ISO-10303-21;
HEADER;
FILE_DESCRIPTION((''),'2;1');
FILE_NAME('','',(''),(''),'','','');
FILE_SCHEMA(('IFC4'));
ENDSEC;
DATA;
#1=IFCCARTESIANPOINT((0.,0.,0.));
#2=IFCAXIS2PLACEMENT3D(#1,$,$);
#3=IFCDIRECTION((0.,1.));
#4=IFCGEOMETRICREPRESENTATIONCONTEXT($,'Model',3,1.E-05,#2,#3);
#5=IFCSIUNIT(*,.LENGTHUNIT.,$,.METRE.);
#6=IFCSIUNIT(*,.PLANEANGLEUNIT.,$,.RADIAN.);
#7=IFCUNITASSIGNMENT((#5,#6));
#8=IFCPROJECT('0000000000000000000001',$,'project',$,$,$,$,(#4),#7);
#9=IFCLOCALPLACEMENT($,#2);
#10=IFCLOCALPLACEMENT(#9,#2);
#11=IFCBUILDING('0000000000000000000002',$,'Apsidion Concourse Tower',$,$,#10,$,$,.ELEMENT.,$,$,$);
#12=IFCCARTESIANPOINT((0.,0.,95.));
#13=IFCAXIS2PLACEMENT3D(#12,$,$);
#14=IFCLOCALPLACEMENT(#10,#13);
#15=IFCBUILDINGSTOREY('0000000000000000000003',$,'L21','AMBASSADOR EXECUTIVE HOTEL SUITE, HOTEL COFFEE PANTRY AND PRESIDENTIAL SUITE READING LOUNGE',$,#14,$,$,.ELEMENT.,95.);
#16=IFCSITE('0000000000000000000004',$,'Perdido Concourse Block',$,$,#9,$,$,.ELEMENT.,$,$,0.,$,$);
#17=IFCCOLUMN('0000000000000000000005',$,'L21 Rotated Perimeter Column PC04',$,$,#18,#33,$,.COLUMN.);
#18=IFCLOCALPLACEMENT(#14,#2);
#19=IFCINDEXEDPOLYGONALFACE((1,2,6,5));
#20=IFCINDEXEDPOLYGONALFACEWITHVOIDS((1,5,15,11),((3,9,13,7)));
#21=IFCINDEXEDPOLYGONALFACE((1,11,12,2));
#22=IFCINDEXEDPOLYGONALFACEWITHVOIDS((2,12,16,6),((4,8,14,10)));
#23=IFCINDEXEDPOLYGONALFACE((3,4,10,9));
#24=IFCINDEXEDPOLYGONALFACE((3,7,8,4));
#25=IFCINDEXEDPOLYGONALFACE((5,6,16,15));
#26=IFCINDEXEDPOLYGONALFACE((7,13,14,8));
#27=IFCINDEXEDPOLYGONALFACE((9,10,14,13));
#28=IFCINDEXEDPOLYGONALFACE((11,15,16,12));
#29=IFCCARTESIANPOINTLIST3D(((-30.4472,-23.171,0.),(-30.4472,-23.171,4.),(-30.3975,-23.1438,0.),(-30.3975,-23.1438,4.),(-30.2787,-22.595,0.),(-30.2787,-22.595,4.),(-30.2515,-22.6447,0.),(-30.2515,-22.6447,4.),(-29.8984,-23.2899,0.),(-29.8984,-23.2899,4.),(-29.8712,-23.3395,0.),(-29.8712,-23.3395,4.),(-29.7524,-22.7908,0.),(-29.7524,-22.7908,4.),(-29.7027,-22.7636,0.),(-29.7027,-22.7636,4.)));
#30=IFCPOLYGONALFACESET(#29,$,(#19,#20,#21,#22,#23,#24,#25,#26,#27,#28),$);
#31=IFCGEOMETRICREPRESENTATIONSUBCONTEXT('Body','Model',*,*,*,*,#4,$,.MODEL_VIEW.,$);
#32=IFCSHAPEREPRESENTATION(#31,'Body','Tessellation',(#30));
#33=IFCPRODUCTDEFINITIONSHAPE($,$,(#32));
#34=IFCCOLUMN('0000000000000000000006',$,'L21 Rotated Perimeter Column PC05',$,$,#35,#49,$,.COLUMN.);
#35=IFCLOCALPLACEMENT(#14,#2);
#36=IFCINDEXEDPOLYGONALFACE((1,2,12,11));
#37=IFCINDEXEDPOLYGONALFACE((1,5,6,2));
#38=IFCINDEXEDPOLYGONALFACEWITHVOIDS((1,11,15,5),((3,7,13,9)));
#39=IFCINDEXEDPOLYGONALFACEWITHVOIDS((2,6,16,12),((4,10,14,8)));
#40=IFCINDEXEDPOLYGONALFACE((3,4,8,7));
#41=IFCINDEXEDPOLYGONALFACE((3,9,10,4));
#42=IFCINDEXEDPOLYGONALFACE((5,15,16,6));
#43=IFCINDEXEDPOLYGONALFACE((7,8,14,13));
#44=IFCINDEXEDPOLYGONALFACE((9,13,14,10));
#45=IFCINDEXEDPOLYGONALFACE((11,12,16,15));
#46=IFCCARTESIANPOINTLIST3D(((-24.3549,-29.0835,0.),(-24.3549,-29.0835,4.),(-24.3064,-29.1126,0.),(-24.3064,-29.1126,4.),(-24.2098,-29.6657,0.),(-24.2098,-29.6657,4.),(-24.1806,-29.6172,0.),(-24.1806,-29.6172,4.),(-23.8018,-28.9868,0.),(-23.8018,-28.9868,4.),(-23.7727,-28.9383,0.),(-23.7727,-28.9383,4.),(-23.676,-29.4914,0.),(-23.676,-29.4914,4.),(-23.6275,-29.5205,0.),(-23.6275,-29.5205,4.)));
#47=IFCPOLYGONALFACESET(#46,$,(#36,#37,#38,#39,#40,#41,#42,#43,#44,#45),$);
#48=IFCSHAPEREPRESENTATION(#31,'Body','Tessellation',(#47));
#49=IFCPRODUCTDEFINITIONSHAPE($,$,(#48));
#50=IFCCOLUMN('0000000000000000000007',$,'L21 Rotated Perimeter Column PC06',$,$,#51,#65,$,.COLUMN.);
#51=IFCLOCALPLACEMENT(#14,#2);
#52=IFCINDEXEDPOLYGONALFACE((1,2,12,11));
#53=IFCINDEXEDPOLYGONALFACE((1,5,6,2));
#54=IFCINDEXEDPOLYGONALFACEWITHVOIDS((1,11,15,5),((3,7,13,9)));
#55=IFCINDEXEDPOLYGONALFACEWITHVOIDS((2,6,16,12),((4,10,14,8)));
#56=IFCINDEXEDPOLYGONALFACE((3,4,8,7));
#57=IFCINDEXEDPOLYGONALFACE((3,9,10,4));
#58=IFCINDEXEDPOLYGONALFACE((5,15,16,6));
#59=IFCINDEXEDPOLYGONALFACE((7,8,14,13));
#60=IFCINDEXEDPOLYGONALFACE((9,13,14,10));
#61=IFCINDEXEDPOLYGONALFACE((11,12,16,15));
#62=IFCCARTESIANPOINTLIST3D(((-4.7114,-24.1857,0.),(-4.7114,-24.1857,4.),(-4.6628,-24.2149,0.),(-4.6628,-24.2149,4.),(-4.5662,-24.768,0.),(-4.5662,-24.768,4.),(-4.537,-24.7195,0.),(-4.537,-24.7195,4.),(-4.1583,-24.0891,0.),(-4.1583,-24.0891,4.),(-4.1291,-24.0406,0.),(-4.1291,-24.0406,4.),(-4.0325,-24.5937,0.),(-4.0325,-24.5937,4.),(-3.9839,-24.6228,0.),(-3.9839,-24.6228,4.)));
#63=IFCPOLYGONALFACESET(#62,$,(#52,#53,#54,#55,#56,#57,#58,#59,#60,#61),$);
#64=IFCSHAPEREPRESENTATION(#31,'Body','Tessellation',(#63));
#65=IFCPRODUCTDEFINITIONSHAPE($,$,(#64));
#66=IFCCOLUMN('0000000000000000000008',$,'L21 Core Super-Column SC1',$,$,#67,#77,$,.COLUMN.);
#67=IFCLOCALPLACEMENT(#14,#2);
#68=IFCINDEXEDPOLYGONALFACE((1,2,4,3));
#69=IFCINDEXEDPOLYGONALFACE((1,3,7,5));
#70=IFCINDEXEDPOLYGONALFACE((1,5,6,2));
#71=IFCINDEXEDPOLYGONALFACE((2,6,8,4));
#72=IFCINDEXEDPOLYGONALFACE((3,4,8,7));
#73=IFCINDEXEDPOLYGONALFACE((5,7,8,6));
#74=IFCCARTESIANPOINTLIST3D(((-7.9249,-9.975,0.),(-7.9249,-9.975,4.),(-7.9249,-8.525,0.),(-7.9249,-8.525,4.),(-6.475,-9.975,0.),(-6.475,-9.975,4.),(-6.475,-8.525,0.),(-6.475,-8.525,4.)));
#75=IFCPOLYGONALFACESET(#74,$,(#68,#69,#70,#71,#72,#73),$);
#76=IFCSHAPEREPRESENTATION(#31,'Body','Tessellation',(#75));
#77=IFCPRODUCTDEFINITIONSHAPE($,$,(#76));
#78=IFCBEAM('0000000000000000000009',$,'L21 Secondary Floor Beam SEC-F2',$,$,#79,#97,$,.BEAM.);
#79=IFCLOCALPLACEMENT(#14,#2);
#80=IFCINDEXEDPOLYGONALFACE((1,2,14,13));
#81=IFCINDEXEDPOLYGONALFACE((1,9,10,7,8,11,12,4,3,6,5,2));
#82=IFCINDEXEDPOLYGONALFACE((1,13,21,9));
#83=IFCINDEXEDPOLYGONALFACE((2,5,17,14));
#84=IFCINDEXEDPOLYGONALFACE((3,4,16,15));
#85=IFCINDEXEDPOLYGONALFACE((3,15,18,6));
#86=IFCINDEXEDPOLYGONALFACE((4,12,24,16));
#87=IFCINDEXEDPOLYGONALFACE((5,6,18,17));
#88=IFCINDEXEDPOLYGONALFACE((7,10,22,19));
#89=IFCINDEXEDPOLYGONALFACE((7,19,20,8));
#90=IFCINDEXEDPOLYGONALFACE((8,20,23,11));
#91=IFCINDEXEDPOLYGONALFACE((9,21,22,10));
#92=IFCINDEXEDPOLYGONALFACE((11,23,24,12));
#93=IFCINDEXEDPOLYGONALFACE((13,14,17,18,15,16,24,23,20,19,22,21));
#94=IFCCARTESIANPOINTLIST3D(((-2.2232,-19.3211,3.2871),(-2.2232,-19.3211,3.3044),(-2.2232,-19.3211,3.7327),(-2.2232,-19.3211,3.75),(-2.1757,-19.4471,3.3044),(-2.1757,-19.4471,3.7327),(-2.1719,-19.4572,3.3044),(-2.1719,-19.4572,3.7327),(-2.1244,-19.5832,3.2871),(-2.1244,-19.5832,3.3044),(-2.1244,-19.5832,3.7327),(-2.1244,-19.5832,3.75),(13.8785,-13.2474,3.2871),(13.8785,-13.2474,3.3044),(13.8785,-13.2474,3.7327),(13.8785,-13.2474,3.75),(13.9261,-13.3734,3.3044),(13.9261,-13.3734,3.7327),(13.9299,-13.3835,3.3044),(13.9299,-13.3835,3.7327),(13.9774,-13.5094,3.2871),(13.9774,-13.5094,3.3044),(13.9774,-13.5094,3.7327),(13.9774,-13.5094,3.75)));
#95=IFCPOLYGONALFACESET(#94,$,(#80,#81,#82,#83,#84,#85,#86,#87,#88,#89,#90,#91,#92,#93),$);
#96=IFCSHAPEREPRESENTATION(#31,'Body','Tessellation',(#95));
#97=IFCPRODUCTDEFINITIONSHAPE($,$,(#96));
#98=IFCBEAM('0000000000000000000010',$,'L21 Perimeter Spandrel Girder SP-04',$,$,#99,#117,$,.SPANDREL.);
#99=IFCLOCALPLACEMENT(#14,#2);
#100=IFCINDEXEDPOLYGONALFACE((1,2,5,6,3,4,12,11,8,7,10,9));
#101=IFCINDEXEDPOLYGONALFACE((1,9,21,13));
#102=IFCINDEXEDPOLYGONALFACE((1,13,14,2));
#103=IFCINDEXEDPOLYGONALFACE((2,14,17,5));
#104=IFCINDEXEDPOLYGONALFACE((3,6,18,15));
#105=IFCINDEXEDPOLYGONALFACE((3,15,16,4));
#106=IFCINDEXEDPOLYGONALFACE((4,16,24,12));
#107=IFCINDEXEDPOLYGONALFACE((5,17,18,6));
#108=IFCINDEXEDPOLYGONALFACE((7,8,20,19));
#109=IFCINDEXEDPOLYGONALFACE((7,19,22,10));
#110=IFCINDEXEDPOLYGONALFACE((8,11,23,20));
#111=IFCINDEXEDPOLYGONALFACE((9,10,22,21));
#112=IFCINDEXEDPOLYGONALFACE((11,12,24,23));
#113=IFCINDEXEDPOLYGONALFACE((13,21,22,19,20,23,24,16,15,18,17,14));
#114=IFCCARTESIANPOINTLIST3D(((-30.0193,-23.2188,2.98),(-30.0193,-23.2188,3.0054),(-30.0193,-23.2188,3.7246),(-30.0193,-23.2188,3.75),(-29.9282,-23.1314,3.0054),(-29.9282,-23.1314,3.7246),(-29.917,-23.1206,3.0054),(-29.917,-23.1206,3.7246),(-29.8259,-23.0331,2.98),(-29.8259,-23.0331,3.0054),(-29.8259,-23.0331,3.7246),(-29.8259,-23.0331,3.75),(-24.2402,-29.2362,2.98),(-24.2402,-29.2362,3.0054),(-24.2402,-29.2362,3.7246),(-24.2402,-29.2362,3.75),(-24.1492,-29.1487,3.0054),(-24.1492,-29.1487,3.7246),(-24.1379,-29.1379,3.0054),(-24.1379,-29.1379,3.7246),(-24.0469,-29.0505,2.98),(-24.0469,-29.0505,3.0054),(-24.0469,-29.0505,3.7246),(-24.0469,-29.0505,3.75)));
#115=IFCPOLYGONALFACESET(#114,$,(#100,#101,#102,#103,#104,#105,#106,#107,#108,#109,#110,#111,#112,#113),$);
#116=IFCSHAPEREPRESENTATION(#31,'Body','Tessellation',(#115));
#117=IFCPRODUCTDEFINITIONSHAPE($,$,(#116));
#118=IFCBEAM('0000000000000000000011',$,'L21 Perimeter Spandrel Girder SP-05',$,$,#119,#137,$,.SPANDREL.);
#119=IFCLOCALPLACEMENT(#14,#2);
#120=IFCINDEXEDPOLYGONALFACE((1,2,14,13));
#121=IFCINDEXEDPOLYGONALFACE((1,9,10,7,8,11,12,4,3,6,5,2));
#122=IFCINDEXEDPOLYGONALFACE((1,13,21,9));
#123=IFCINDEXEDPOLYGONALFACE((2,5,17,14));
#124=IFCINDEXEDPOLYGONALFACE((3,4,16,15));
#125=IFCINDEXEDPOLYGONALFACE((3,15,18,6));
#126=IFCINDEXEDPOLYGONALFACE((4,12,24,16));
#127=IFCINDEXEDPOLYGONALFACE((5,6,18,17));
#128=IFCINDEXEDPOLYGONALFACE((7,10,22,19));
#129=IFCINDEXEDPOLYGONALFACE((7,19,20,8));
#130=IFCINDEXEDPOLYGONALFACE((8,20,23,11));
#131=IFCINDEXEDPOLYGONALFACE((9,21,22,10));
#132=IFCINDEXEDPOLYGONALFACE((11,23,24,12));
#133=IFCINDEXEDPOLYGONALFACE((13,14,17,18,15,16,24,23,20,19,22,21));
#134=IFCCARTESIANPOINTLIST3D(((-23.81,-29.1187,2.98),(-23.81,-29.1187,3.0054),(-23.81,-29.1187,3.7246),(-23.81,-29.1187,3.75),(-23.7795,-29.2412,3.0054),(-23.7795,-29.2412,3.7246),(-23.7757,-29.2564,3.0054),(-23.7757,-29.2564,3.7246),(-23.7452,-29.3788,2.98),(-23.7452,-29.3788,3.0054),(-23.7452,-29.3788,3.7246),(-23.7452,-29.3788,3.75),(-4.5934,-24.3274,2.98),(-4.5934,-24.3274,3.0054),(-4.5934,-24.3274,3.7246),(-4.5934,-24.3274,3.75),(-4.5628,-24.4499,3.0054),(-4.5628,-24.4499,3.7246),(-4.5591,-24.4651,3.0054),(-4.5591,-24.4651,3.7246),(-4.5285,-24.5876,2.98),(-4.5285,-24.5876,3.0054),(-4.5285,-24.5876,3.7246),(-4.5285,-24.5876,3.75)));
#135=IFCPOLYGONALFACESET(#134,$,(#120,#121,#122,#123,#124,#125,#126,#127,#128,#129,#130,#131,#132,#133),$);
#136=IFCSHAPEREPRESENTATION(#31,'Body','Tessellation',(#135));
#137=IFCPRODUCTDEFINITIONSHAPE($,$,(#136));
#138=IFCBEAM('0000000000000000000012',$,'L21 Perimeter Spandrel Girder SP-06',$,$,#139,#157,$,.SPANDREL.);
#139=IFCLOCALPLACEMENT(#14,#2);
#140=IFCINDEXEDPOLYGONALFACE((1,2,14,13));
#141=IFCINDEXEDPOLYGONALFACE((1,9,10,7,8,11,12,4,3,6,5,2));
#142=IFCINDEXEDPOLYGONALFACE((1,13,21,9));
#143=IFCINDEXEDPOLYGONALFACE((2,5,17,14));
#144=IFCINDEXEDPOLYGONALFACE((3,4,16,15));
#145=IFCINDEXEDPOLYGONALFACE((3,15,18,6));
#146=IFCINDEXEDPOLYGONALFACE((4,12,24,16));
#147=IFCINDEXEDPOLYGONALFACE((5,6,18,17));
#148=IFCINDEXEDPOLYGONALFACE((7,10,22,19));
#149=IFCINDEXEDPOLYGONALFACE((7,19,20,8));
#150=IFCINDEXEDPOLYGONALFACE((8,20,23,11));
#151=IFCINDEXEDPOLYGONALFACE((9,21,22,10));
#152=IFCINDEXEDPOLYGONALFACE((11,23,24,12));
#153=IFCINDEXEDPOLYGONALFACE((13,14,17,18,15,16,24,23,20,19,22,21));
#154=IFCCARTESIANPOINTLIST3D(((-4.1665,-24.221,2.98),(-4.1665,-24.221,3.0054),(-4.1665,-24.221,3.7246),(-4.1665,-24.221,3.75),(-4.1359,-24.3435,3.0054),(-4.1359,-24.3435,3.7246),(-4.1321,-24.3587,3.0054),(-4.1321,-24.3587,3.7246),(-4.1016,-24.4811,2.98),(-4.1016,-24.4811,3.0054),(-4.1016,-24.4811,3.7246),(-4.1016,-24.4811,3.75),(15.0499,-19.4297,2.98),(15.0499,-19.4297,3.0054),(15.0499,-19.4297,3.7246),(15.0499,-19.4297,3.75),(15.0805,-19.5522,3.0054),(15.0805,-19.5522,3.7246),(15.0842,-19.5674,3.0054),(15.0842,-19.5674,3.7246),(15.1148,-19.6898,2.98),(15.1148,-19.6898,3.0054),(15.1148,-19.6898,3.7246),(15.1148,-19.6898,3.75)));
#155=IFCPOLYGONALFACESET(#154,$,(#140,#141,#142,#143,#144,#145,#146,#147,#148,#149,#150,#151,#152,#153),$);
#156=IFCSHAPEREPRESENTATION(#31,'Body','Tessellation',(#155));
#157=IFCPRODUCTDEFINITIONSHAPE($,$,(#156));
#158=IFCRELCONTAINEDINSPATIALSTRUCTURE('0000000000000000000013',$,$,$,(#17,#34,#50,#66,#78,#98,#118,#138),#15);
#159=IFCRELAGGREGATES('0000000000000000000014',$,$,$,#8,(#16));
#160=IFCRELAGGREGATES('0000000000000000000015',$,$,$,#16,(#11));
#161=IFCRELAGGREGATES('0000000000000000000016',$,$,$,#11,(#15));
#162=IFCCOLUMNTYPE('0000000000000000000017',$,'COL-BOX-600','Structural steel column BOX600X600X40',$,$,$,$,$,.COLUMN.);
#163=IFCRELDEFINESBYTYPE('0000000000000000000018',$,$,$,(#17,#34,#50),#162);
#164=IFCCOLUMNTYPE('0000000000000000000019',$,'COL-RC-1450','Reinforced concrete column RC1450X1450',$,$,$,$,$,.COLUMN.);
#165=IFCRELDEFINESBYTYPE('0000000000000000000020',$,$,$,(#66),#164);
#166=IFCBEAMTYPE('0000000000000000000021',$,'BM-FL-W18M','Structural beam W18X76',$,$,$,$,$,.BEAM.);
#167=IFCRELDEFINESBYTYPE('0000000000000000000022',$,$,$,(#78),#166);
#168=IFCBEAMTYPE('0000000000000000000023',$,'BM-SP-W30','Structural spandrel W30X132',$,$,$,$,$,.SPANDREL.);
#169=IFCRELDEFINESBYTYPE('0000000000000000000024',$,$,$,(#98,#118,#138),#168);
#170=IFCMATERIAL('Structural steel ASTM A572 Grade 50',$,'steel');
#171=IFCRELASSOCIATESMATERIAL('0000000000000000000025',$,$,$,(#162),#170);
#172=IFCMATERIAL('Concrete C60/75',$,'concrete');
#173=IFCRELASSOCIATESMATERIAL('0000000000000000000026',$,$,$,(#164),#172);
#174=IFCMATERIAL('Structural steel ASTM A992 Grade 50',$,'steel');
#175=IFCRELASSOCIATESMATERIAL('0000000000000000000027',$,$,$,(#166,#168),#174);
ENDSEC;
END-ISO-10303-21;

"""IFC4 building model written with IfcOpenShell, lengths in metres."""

from ifc_helpers import new_model, si_unit, direction, frame, origin, origin_2d, place, context, subcontext, project, spatial, rectangle, hollow_rectangle, i_section, extrude, material, material_profile, profile_set, type_object, element, save


model = new_model("IFC4")

# Units and contexts
model_context = context("Model", 3, precision=1e-05, world=origin(), true_north=direction((0.0, 1.0)))
body_context = subcontext(model_context, "Body", "Model", "MODEL_VIEW")
ifc_project = project(units=[si_unit("LENGTHUNIT", "METRE"), si_unit("PLANEANGLEUNIT", "RADIAN")], contexts=[model_context])

# Site, building, storey
site_placement = place(None, origin())
site = spatial("IfcSite", under=ifc_project, at=site_placement, Name="Perdido Concourse Block", CompositionType="ELEMENT", RefElevation=0.0)
building_placement = place(site_placement, origin())
building = spatial("IfcBuilding", under=site, at=building_placement, Name="Apsidion Concourse Tower", CompositionType="ELEMENT")
storey_placement = place(building_placement, frame((0.0, 0.0, 95.0)))
storey = spatial("IfcBuildingStorey", under=building, at=storey_placement, Name="L21", Description="AMBASSADOR EXECUTIVE HOTEL SUITE, HOTEL COFFEE PANTRY AND PRESIDENTIAL SUITE READING LOUNGE", CompositionType="ELEMENT", Elevation=95.0)

# Columns
ifc_material_1 = material(Name="Structural steel ASTM A572 Grade 50", Category="steel")
ifc_material_profile_1 = material_profile(ifc_material_1, hollow_rectangle(XDim=0.6001, YDim=0.6001, WallThickness=0.04, at=origin_2d()), Name="BOX600X600X40")
ifc_profile_set_1 = profile_set([ifc_material_profile_1], Name="Structural steel ASTM A572 Grade 50")
column_type_1 = type_object("IfcColumnType", Name="COL-BOX-600", Description="Structural steel column BOX600X600X40", PredefinedType="COLUMN", material=ifc_profile_set_1)
for number, where, z_axis, x_axis, name in (
    (1, (-30.075, -22.9673, 0.0), (0.0, 0.0, 1.0), (0.280834, 0.959756, 0.0), "L21 Rotated Perimeter Column PC04"),
    (2, (-23.9912, -29.302, 0.0), (0.0, 0.0, 1.0), (0.970296, 0.241922, 0.0), "L21 Rotated Perimeter Column PC05"),
    (3, (-4.3477, -24.4043, 0.0), (0.0, 0.0, 1.0), (0.970296, 0.241922, 0.0), "L21 Rotated Perimeter Column PC06"),
):
    element("IfcColumn", number, at=place(storey_placement, frame(where, z_axis=z_axis, x_axis=x_axis)), inside=storey, type_object=column_type_1, Name=name, PredefinedType="COLUMN", context=body_context, shape_type="SweptSolid", body=[
        extrude(hollow_rectangle(XDim=0.6001, YDim=0.6001, WallThickness=0.04, at=origin_2d()), origin(), (0.0, 0.0, 1.0), 4.0),
    ])
ifc_material_2 = material(Name="Concrete C60/75", Category="concrete")
ifc_material_profile_2 = material_profile(ifc_material_2, rectangle(XDim=1.45, YDim=1.45, at=origin_2d()), Name="RC 1450x1450")
ifc_profile_set_2 = profile_set([ifc_material_profile_2], Name="Concrete C60/75")
column_type_2 = type_object("IfcColumnType", Name="COL-RC-1450", Description="Reinforced concrete column RC1450X1450", PredefinedType="COLUMN", material=ifc_profile_set_2)
column_placement = place(storey_placement, frame((-7.2, -9.25, 0.0), z_axis=(0.0, 0.0, 1.0), x_axis=(1.0, 0.0, 0.0)))
element("IfcColumn", 4, at=column_placement, inside=storey, type_object=column_type_2, Name="L21 Core Super-Column SC1", PredefinedType="COLUMN", context=body_context, shape_type="SweptSolid", body=[
    extrude(rectangle(XDim=1.45, YDim=1.45, at=origin_2d()), origin(), (0.0, 0.0, 1.0), 4.0),
])

# Beams
ifc_material_3 = material(Name="Structural steel ASTM A992 Grade 50", Category="steel")
ifc_material_profile_3 = material_profile(ifc_material_3, i_section(OverallWidth=0.28, OverallDepth=0.4629, WebThickness=0.0107, FlangeThickness=0.0173, at=origin_2d()), Name="W18X76")
ifc_profile_set_3 = profile_set([ifc_material_profile_3], Name="Structural steel ASTM A992 Grade 50")
beam_type_1 = type_object("IfcBeamType", Name="BM-FL-W18M", Description="Structural beam W18X76", PredefinedType="BEAM", material=ifc_profile_set_3)
beam_1_placement = place(storey_placement, frame((-2.1738, -19.4521, 3.5186), z_axis=(0.935648, 0.352934, 0.0), x_axis=(-0.352934, 0.935648, 0.0)))
element("IfcBeam", 5, at=beam_1_placement, inside=storey, type_object=beam_type_1, Name="L21 Secondary Floor Beam SEC-F2", PredefinedType="BEAM", context=body_context, shape_type="SweptSolid", body=[
    extrude(i_section(OverallWidth=0.28, OverallDepth=0.4629, WebThickness=0.0107, FlangeThickness=0.0173, at=origin_2d()), origin(), (0.0, 0.0, 1.0), 17.2092),
])
ifc_material_profile_4 = material_profile(ifc_material_3, i_section(OverallWidth=0.2681, OverallDepth=0.77, WebThickness=0.0156, FlangeThickness=0.0254, at=origin_2d()), Name="W30X132")
ifc_profile_set_4 = profile_set([ifc_material_profile_4], Name="Structural steel ASTM A992 Grade 50")
beam_type_2 = type_object("IfcBeamType", Name="BM-SP-W30", Description="Structural spandrel W30X132", PredefinedType="SPANDREL", material=ifc_profile_set_4)
beam_2_placement = place(storey_placement, frame((-29.9226, -23.126, 3.365), z_axis=(0.692682, -0.721243, 0.0), x_axis=(0.721243, 0.692682, 0.0)))
element("IfcBeam", 6, at=beam_2_placement, inside=storey, type_object=beam_type_2, Name="L21 Perimeter Spandrel Girder SP-04", PredefinedType="SPANDREL", context=body_context, shape_type="SweptSolid", body=[
    extrude(i_section(OverallWidth=0.2681, OverallDepth=0.77, WebThickness=0.0156, FlangeThickness=0.0254, at=origin_2d()), origin(), (0.0, 0.0, 1.0), 8.343),
])
beam_3_placement = place(storey_placement, frame((-23.7776, -29.2488, 3.365), z_axis=(0.970295, 0.241924, 0.0), x_axis=(-0.241924, 0.970295, 0.0)))
element("IfcBeam", 7, at=beam_3_placement, inside=storey, type_object=beam_type_2, Name="L21 Perimeter Spandrel Girder SP-05", PredefinedType="SPANDREL", context=body_context, shape_type="SweptSolid", body=[
    extrude(i_section(OverallWidth=0.2681, OverallDepth=0.77, WebThickness=0.0156, FlangeThickness=0.0254, at=origin_2d()), origin(), (0.0, 0.0, 1.0), 19.8049),
])
beam_4_placement = place(storey_placement, frame((-4.134, -24.3511, 3.365), z_axis=(0.970295, 0.241926, 0.0), x_axis=(-0.241926, 0.970295, 0.0)))
element("IfcBeam", 8, at=beam_4_placement, inside=storey, type_object=beam_type_2, Name="L21 Perimeter Spandrel Girder SP-06", PredefinedType="SPANDREL", context=body_context, shape_type="SweptSolid", body=[
    extrude(i_section(OverallWidth=0.2681, OverallDepth=0.77, WebThickness=0.0156, FlangeThickness=0.0254, at=origin_2d()), origin(), (0.0, 0.0, 1.0), 19.8047),
])

save(model, "model.ifc")
